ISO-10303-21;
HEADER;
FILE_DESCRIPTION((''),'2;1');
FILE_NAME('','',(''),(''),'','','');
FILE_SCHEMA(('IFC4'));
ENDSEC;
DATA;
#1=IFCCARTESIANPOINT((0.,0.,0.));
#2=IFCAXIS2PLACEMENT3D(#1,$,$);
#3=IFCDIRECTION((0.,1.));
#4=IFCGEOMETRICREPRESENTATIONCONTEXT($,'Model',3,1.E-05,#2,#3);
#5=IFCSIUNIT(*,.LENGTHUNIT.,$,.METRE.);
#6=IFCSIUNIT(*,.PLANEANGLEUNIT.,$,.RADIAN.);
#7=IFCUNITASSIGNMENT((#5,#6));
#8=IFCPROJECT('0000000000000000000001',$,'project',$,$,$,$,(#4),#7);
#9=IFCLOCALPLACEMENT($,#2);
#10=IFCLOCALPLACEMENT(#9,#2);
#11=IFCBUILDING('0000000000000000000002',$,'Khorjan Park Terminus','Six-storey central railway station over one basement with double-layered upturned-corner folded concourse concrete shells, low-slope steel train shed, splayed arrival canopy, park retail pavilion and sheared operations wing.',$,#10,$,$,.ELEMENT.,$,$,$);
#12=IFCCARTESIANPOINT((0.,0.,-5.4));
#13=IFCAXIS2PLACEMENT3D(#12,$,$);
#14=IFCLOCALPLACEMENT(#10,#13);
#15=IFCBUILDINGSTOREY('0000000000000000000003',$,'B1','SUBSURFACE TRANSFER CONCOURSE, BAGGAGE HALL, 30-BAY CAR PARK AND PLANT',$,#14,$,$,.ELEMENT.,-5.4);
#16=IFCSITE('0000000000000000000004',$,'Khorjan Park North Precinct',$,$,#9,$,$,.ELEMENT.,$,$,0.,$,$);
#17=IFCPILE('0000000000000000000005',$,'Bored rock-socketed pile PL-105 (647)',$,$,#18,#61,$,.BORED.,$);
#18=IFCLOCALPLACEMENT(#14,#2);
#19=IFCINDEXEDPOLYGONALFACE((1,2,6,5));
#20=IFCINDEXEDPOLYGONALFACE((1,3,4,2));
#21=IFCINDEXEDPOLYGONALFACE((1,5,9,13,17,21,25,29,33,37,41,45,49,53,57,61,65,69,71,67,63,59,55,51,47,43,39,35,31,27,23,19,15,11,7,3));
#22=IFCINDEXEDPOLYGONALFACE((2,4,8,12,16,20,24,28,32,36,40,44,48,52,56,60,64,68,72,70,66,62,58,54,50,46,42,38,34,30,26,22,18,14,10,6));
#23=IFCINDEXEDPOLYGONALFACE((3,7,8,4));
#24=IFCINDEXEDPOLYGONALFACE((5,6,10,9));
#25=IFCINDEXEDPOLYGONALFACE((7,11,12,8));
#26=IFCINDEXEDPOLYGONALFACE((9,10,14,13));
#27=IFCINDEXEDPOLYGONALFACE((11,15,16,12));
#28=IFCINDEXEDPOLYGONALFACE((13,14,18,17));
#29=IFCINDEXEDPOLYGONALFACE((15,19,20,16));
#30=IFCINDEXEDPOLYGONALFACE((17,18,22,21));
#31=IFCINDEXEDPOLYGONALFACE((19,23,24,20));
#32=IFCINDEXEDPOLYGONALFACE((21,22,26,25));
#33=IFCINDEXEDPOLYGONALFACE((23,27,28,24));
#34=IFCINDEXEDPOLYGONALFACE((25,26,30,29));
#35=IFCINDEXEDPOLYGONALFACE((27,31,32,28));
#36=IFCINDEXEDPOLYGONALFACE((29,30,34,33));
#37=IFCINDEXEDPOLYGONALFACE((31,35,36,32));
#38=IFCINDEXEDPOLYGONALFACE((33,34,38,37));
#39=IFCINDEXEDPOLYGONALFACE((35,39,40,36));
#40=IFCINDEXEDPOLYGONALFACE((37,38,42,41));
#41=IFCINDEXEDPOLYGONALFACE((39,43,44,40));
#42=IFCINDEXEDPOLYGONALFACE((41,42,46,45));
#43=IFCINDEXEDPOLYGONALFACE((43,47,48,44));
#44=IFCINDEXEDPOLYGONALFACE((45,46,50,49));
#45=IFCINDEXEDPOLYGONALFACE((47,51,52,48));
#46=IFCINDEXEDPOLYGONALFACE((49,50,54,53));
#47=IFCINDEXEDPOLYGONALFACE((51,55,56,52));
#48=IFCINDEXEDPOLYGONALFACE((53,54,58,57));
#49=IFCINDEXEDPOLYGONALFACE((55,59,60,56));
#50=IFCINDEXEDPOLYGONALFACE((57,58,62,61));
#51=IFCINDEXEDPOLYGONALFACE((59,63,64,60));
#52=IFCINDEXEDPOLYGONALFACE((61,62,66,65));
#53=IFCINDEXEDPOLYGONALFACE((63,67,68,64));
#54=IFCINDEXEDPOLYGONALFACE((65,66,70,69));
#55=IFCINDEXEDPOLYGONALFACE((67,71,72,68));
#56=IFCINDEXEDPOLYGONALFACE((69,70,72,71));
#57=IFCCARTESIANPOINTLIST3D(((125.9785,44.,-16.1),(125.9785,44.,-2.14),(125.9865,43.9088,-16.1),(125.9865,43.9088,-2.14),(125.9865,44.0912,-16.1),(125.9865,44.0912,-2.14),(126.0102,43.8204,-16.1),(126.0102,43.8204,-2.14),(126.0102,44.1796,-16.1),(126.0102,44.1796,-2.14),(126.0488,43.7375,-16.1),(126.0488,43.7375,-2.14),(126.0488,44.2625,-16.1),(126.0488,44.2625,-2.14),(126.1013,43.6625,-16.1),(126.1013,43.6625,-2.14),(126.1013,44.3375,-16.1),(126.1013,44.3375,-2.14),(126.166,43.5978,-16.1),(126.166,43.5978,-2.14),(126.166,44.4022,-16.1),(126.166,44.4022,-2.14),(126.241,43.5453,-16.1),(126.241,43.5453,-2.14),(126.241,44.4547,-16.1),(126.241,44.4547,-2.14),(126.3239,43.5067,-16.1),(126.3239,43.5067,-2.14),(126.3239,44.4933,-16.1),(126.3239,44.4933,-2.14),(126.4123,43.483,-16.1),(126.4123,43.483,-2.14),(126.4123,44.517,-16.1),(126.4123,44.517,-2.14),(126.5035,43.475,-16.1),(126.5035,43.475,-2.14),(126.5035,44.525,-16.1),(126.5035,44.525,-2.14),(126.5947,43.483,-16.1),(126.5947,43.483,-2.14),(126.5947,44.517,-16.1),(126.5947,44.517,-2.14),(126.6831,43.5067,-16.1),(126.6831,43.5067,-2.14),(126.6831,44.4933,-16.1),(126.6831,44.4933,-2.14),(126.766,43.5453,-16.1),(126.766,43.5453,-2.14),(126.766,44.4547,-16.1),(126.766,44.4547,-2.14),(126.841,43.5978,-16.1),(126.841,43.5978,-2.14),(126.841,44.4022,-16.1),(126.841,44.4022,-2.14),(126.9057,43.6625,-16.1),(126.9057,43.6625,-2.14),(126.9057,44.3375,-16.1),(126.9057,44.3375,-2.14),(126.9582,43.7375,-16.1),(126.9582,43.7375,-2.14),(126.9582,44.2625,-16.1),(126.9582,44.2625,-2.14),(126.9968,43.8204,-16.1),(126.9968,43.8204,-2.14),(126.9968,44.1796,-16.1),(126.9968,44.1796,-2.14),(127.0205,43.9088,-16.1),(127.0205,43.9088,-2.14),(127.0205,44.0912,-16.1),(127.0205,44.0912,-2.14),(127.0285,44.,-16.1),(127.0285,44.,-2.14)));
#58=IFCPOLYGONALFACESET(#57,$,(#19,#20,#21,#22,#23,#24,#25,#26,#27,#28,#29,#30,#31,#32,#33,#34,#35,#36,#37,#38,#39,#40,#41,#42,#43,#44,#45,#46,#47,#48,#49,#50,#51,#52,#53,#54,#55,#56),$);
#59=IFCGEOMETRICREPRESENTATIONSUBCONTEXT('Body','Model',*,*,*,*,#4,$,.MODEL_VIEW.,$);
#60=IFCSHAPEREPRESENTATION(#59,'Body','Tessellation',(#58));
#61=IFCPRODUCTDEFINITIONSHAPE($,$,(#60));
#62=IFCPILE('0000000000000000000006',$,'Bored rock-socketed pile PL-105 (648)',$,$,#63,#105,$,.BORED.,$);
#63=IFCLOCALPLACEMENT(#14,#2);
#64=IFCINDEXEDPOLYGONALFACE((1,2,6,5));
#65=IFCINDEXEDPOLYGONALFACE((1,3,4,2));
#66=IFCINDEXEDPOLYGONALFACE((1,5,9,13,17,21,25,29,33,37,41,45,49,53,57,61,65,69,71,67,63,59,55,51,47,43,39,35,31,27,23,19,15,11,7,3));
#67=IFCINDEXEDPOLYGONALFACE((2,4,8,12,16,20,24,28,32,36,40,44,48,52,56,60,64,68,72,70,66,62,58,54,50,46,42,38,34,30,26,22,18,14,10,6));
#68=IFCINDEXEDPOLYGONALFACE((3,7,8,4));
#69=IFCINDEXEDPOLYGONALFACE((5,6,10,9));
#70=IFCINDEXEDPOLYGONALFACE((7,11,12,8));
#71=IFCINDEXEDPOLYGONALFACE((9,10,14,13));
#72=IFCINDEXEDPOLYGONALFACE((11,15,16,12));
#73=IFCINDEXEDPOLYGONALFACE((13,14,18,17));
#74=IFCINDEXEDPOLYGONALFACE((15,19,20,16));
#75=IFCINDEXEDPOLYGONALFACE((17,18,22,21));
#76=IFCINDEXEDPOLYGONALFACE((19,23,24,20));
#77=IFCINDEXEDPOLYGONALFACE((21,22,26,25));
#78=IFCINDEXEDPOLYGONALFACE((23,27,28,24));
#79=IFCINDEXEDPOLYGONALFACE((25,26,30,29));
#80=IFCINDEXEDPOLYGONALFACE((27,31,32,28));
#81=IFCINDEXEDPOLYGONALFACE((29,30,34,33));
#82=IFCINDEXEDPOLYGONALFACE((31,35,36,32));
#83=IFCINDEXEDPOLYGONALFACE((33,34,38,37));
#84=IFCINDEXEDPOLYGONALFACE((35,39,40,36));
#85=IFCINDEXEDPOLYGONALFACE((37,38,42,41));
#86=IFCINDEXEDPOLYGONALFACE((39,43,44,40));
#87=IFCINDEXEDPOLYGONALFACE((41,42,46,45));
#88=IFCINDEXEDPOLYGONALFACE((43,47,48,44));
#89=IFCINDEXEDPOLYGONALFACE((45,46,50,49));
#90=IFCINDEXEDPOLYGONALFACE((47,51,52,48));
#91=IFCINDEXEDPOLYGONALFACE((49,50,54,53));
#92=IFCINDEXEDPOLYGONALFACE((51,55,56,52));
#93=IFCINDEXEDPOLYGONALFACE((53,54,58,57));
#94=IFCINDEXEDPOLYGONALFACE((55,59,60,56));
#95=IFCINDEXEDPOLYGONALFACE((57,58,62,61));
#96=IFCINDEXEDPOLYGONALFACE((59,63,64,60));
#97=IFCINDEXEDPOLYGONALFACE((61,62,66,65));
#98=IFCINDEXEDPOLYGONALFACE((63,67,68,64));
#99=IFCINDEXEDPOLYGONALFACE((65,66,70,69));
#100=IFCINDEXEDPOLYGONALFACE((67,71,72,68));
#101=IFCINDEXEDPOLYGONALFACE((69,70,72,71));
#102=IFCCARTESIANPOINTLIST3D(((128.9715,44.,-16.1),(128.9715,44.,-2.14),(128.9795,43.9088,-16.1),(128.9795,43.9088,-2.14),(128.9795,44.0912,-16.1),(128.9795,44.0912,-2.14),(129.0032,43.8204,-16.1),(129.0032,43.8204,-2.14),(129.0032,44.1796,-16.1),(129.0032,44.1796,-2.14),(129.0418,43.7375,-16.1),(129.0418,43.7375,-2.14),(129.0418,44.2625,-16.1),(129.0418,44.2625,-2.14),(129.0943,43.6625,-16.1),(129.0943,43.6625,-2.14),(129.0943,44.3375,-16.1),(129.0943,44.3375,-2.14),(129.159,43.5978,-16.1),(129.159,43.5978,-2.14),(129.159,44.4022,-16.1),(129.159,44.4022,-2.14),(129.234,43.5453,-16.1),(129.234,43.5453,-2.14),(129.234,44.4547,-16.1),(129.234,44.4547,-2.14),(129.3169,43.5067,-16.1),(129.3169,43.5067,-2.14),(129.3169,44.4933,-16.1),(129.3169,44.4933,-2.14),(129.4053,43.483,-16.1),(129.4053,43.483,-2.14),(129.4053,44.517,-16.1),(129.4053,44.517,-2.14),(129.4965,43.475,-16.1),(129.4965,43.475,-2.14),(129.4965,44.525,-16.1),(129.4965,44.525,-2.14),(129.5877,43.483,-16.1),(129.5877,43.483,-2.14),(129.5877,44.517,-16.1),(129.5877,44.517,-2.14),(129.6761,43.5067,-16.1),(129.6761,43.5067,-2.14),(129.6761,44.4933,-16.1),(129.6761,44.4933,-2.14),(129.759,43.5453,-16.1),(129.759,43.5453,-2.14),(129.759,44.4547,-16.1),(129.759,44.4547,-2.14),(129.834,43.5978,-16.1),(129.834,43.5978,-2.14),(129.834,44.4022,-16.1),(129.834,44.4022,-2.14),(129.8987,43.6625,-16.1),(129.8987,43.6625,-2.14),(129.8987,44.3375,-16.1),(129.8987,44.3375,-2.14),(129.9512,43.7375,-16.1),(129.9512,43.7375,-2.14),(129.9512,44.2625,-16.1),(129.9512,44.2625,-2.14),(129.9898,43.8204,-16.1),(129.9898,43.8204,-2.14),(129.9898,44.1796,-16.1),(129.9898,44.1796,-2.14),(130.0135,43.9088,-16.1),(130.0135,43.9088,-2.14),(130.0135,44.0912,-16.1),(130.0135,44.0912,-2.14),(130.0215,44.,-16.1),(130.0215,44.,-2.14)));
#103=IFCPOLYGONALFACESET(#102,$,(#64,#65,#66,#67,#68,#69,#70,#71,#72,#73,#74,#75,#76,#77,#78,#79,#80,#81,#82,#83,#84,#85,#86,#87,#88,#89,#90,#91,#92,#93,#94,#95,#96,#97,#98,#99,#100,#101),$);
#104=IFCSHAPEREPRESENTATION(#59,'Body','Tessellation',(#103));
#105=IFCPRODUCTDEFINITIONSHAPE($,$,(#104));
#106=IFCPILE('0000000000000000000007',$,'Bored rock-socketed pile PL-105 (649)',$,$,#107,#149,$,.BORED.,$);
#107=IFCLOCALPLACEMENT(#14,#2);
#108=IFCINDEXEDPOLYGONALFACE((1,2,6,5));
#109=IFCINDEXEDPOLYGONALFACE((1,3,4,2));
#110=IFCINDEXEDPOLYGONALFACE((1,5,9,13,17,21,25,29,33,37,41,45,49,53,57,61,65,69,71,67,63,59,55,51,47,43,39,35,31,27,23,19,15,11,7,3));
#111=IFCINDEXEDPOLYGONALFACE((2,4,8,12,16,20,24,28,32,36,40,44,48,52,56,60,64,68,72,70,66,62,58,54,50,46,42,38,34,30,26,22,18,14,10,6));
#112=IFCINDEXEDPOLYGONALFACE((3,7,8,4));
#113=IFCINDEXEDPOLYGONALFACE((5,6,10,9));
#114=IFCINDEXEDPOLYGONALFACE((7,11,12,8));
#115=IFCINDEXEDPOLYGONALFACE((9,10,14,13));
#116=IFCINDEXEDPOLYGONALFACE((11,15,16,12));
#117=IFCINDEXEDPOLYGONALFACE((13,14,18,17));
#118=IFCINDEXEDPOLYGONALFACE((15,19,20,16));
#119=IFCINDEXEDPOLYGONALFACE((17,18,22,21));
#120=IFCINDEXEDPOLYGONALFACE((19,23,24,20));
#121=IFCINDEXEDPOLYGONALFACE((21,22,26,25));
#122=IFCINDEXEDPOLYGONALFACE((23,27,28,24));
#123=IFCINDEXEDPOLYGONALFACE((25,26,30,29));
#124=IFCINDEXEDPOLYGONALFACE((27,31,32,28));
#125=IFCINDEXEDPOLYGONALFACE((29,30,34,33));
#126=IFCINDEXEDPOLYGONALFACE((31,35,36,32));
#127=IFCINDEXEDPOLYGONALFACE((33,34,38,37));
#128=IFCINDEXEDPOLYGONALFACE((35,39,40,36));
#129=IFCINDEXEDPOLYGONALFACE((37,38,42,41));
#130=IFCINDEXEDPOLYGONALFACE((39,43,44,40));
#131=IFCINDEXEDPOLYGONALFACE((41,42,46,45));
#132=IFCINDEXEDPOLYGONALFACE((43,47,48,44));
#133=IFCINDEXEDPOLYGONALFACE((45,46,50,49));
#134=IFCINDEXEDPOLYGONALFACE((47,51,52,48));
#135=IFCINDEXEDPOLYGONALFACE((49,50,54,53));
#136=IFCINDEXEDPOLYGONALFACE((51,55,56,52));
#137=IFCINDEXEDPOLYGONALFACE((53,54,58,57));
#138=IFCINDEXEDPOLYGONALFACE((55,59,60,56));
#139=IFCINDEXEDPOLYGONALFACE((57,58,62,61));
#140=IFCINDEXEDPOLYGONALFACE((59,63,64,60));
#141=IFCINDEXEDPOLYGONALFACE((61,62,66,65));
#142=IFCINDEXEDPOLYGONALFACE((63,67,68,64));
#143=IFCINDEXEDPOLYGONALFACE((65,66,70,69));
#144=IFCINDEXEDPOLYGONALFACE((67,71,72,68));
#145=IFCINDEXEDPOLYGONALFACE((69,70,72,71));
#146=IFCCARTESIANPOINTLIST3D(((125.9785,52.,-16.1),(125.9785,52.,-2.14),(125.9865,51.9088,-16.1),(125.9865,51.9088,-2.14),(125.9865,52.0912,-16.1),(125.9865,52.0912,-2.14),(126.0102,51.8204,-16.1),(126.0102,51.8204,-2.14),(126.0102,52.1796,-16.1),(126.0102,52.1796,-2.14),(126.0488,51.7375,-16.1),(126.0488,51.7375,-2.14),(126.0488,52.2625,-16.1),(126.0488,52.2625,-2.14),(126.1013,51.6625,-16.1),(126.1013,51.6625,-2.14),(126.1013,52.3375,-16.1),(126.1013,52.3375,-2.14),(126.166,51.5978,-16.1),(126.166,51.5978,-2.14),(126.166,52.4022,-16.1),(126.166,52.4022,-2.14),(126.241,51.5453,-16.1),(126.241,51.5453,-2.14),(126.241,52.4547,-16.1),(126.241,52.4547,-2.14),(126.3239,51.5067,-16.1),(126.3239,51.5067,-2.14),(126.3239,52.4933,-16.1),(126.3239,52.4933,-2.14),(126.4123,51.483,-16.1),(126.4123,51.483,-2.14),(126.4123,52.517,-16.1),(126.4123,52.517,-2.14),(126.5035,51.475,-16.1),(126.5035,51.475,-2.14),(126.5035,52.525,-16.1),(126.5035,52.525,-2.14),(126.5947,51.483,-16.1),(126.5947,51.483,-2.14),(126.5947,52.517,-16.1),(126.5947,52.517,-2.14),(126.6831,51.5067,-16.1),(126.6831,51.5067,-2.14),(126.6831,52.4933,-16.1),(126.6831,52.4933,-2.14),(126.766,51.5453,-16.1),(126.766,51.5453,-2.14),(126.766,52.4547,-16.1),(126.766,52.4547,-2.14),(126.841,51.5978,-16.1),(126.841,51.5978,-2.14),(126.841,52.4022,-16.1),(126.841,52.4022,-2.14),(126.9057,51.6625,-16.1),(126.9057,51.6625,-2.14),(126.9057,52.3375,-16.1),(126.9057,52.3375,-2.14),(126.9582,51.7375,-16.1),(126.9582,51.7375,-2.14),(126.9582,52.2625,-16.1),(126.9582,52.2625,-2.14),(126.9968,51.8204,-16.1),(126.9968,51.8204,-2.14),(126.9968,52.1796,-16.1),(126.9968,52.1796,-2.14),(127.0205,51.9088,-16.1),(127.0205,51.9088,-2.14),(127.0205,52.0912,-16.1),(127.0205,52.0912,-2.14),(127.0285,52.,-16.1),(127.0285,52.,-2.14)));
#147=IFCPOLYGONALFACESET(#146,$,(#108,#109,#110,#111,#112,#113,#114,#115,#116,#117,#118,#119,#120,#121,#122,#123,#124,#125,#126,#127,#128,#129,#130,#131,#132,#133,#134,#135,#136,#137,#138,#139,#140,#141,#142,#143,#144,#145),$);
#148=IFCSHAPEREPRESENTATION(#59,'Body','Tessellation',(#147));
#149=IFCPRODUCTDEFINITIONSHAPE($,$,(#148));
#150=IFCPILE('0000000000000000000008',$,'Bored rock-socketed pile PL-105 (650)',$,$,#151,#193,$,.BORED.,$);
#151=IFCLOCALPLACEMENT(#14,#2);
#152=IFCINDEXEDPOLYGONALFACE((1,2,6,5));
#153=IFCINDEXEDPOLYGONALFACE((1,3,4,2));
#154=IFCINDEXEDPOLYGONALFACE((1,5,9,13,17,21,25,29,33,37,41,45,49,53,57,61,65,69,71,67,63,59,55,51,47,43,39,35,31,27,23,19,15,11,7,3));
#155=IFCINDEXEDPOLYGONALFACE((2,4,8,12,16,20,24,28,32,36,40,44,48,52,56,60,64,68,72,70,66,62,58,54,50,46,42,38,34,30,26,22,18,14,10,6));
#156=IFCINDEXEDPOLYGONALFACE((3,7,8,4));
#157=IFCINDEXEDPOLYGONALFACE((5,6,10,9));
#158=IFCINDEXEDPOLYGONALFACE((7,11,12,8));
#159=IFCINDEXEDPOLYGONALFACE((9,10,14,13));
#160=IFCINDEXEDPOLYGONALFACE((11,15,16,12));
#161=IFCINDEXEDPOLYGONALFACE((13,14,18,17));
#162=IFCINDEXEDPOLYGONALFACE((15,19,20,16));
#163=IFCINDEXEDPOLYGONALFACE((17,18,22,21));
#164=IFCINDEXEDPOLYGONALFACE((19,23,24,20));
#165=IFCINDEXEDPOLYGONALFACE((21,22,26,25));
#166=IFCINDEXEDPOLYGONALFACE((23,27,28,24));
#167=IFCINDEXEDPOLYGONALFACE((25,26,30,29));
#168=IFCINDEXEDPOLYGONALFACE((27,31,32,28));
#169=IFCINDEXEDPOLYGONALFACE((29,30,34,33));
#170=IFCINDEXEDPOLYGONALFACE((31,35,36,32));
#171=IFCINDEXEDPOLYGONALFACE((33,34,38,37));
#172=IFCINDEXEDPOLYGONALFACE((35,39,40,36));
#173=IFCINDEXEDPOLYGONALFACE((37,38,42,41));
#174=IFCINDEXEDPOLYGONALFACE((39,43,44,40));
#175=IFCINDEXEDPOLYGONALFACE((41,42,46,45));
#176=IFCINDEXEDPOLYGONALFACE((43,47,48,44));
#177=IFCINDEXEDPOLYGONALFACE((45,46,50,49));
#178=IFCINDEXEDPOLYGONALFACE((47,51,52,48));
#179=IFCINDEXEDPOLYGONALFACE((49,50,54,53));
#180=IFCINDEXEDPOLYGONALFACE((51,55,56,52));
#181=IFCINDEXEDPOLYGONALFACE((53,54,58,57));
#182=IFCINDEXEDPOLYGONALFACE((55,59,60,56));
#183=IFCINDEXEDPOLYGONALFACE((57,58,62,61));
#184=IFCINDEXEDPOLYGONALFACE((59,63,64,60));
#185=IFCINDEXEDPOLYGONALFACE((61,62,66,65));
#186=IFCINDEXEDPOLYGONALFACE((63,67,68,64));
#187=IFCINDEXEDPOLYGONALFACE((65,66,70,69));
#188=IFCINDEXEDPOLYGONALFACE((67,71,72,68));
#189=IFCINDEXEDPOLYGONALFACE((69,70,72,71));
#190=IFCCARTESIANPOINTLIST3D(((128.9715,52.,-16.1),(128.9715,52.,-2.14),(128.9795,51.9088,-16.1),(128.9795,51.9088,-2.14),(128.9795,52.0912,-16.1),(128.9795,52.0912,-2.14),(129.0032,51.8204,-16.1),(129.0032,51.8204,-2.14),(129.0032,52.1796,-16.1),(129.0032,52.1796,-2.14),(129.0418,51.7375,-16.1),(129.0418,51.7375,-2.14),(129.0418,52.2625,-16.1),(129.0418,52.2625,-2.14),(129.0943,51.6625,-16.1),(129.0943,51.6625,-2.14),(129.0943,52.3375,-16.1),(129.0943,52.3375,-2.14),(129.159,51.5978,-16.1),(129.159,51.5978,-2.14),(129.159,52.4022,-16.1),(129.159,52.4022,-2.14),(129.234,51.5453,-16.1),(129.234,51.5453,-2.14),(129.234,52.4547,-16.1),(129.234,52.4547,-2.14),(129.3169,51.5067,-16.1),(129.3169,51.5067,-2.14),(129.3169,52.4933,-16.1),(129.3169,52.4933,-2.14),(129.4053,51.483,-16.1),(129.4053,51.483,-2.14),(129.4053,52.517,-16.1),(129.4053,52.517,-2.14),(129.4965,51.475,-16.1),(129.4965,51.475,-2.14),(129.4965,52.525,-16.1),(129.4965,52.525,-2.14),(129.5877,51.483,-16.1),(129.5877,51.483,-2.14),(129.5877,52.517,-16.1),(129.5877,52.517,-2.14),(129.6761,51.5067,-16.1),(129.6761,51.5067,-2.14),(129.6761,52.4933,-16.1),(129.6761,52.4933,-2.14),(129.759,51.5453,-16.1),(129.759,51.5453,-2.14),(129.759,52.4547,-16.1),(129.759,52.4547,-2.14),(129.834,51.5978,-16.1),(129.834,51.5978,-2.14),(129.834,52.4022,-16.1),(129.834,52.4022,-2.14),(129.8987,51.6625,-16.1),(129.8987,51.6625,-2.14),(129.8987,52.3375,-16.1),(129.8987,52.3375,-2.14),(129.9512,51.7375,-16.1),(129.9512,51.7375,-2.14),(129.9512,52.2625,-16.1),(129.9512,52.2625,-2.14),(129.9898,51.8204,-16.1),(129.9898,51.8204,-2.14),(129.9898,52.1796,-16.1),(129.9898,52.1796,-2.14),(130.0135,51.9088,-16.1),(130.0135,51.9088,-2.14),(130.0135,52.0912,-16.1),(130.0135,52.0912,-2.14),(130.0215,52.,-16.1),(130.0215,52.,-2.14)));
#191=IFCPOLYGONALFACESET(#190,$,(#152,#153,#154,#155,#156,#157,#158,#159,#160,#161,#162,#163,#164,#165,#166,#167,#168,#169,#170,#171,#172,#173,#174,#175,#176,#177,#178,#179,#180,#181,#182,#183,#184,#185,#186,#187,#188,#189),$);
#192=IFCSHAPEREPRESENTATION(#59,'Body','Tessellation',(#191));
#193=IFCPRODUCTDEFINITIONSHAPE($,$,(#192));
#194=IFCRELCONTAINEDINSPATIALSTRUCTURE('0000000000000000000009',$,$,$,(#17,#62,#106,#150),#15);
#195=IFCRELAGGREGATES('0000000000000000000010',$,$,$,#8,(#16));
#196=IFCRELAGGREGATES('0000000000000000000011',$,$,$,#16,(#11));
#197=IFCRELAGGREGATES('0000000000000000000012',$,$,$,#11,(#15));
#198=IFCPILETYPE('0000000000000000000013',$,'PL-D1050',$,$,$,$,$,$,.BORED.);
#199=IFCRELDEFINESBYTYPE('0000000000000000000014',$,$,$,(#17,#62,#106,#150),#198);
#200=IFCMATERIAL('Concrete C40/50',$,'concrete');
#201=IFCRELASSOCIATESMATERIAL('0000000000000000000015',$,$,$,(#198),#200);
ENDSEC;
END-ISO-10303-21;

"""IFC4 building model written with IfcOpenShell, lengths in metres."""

from ifc_helpers import new_model, si_unit, direction, frame, origin, origin_2d, place, context, subcontext, project, spatial, circle, extrude, material, material_profile, profile_set, type_object, element, save


model = new_model("IFC4")

# Units and contexts
model_context = context("Model", 3, precision=1e-05, world=origin(), true_north=direction((0.0, 1.0)))
body_context = subcontext(model_context, "Body", "Model", "MODEL_VIEW")
ifc_project = project(units=[si_unit("LENGTHUNIT", "METRE"), si_unit("PLANEANGLEUNIT", "RADIAN")], contexts=[model_context])

# Site, building, storey
site_placement = place(None, origin())
site = spatial("IfcSite", under=ifc_project, at=site_placement, Name="Khorjan Park North Precinct", CompositionType="ELEMENT", RefElevation=0.0)
building_placement = place(site_placement, origin())
building = spatial("IfcBuilding", under=site, at=building_placement, Name="Khorjan Park Terminus", Description="Six-storey central railway station over one basement with double-layered upturned-corner folded concourse concrete shells, low-slope steel train shed, splayed arrival canopy, park retail pavilion and sheared operations wing.", CompositionType="ELEMENT")
storey_placement = place(building_placement, frame((0.0, 0.0, -5.4)))
storey = spatial("IfcBuildingStorey", under=building, at=storey_placement, Name="B1", Description="SUBSURFACE TRANSFER CONCOURSE, BAGGAGE HALL, 30-BAY CAR PARK AND PLANT", CompositionType="ELEMENT", Elevation=-5.4)

# Piles
ifc_material_1 = material(Name="Concrete C40/50", Category="concrete")
ifc_material_profile_1 = material_profile(ifc_material_1, circle(Radius=0.525, at=origin_2d()), Name="BORED D1050")
ifc_profile_set_1 = profile_set([ifc_material_profile_1], Name="Concrete C40/50")
pile_type_1 = type_object("IfcPileType", Name="PL-D1050", PredefinedType="BORED", material=ifc_profile_set_1)
for number, where, z_axis, x_axis, name in (
    (1, (126.5035, 44.0, -2.14), (0.0, 0.0, -1.0), (1.0, 0.0, 0.0), "Bored rock-socketed pile PL-105 (647)"),
    (2, (129.4965, 44.0, -2.14), (0.0, 0.0, -1.0), (1.0, 0.0, 0.0), "Bored rock-socketed pile PL-105 (648)"),
    (3, (126.5035, 52.0, -2.14), (0.0, 0.0, -1.0), (1.0, 0.0, 0.0), "Bored rock-socketed pile PL-105 (649)"),
    (4, (129.4965, 52.0, -2.14), (0.0, 0.0, -1.0), (1.0, 0.0, 0.0), "Bored rock-socketed pile PL-105 (650)"),
):
    element("IfcPile", number, at=place(storey_placement, frame(where, z_axis=z_axis, x_axis=x_axis)), inside=storey, type_object=pile_type_1, Name=name, PredefinedType="BORED", context=body_context, shape_type="SweptSolid", body=[
        extrude(circle(Radius=0.525, at=origin_2d()), origin(), (0.0, 0.0, 1.0), 13.96),
    ])

save(model, "model.ifc")
